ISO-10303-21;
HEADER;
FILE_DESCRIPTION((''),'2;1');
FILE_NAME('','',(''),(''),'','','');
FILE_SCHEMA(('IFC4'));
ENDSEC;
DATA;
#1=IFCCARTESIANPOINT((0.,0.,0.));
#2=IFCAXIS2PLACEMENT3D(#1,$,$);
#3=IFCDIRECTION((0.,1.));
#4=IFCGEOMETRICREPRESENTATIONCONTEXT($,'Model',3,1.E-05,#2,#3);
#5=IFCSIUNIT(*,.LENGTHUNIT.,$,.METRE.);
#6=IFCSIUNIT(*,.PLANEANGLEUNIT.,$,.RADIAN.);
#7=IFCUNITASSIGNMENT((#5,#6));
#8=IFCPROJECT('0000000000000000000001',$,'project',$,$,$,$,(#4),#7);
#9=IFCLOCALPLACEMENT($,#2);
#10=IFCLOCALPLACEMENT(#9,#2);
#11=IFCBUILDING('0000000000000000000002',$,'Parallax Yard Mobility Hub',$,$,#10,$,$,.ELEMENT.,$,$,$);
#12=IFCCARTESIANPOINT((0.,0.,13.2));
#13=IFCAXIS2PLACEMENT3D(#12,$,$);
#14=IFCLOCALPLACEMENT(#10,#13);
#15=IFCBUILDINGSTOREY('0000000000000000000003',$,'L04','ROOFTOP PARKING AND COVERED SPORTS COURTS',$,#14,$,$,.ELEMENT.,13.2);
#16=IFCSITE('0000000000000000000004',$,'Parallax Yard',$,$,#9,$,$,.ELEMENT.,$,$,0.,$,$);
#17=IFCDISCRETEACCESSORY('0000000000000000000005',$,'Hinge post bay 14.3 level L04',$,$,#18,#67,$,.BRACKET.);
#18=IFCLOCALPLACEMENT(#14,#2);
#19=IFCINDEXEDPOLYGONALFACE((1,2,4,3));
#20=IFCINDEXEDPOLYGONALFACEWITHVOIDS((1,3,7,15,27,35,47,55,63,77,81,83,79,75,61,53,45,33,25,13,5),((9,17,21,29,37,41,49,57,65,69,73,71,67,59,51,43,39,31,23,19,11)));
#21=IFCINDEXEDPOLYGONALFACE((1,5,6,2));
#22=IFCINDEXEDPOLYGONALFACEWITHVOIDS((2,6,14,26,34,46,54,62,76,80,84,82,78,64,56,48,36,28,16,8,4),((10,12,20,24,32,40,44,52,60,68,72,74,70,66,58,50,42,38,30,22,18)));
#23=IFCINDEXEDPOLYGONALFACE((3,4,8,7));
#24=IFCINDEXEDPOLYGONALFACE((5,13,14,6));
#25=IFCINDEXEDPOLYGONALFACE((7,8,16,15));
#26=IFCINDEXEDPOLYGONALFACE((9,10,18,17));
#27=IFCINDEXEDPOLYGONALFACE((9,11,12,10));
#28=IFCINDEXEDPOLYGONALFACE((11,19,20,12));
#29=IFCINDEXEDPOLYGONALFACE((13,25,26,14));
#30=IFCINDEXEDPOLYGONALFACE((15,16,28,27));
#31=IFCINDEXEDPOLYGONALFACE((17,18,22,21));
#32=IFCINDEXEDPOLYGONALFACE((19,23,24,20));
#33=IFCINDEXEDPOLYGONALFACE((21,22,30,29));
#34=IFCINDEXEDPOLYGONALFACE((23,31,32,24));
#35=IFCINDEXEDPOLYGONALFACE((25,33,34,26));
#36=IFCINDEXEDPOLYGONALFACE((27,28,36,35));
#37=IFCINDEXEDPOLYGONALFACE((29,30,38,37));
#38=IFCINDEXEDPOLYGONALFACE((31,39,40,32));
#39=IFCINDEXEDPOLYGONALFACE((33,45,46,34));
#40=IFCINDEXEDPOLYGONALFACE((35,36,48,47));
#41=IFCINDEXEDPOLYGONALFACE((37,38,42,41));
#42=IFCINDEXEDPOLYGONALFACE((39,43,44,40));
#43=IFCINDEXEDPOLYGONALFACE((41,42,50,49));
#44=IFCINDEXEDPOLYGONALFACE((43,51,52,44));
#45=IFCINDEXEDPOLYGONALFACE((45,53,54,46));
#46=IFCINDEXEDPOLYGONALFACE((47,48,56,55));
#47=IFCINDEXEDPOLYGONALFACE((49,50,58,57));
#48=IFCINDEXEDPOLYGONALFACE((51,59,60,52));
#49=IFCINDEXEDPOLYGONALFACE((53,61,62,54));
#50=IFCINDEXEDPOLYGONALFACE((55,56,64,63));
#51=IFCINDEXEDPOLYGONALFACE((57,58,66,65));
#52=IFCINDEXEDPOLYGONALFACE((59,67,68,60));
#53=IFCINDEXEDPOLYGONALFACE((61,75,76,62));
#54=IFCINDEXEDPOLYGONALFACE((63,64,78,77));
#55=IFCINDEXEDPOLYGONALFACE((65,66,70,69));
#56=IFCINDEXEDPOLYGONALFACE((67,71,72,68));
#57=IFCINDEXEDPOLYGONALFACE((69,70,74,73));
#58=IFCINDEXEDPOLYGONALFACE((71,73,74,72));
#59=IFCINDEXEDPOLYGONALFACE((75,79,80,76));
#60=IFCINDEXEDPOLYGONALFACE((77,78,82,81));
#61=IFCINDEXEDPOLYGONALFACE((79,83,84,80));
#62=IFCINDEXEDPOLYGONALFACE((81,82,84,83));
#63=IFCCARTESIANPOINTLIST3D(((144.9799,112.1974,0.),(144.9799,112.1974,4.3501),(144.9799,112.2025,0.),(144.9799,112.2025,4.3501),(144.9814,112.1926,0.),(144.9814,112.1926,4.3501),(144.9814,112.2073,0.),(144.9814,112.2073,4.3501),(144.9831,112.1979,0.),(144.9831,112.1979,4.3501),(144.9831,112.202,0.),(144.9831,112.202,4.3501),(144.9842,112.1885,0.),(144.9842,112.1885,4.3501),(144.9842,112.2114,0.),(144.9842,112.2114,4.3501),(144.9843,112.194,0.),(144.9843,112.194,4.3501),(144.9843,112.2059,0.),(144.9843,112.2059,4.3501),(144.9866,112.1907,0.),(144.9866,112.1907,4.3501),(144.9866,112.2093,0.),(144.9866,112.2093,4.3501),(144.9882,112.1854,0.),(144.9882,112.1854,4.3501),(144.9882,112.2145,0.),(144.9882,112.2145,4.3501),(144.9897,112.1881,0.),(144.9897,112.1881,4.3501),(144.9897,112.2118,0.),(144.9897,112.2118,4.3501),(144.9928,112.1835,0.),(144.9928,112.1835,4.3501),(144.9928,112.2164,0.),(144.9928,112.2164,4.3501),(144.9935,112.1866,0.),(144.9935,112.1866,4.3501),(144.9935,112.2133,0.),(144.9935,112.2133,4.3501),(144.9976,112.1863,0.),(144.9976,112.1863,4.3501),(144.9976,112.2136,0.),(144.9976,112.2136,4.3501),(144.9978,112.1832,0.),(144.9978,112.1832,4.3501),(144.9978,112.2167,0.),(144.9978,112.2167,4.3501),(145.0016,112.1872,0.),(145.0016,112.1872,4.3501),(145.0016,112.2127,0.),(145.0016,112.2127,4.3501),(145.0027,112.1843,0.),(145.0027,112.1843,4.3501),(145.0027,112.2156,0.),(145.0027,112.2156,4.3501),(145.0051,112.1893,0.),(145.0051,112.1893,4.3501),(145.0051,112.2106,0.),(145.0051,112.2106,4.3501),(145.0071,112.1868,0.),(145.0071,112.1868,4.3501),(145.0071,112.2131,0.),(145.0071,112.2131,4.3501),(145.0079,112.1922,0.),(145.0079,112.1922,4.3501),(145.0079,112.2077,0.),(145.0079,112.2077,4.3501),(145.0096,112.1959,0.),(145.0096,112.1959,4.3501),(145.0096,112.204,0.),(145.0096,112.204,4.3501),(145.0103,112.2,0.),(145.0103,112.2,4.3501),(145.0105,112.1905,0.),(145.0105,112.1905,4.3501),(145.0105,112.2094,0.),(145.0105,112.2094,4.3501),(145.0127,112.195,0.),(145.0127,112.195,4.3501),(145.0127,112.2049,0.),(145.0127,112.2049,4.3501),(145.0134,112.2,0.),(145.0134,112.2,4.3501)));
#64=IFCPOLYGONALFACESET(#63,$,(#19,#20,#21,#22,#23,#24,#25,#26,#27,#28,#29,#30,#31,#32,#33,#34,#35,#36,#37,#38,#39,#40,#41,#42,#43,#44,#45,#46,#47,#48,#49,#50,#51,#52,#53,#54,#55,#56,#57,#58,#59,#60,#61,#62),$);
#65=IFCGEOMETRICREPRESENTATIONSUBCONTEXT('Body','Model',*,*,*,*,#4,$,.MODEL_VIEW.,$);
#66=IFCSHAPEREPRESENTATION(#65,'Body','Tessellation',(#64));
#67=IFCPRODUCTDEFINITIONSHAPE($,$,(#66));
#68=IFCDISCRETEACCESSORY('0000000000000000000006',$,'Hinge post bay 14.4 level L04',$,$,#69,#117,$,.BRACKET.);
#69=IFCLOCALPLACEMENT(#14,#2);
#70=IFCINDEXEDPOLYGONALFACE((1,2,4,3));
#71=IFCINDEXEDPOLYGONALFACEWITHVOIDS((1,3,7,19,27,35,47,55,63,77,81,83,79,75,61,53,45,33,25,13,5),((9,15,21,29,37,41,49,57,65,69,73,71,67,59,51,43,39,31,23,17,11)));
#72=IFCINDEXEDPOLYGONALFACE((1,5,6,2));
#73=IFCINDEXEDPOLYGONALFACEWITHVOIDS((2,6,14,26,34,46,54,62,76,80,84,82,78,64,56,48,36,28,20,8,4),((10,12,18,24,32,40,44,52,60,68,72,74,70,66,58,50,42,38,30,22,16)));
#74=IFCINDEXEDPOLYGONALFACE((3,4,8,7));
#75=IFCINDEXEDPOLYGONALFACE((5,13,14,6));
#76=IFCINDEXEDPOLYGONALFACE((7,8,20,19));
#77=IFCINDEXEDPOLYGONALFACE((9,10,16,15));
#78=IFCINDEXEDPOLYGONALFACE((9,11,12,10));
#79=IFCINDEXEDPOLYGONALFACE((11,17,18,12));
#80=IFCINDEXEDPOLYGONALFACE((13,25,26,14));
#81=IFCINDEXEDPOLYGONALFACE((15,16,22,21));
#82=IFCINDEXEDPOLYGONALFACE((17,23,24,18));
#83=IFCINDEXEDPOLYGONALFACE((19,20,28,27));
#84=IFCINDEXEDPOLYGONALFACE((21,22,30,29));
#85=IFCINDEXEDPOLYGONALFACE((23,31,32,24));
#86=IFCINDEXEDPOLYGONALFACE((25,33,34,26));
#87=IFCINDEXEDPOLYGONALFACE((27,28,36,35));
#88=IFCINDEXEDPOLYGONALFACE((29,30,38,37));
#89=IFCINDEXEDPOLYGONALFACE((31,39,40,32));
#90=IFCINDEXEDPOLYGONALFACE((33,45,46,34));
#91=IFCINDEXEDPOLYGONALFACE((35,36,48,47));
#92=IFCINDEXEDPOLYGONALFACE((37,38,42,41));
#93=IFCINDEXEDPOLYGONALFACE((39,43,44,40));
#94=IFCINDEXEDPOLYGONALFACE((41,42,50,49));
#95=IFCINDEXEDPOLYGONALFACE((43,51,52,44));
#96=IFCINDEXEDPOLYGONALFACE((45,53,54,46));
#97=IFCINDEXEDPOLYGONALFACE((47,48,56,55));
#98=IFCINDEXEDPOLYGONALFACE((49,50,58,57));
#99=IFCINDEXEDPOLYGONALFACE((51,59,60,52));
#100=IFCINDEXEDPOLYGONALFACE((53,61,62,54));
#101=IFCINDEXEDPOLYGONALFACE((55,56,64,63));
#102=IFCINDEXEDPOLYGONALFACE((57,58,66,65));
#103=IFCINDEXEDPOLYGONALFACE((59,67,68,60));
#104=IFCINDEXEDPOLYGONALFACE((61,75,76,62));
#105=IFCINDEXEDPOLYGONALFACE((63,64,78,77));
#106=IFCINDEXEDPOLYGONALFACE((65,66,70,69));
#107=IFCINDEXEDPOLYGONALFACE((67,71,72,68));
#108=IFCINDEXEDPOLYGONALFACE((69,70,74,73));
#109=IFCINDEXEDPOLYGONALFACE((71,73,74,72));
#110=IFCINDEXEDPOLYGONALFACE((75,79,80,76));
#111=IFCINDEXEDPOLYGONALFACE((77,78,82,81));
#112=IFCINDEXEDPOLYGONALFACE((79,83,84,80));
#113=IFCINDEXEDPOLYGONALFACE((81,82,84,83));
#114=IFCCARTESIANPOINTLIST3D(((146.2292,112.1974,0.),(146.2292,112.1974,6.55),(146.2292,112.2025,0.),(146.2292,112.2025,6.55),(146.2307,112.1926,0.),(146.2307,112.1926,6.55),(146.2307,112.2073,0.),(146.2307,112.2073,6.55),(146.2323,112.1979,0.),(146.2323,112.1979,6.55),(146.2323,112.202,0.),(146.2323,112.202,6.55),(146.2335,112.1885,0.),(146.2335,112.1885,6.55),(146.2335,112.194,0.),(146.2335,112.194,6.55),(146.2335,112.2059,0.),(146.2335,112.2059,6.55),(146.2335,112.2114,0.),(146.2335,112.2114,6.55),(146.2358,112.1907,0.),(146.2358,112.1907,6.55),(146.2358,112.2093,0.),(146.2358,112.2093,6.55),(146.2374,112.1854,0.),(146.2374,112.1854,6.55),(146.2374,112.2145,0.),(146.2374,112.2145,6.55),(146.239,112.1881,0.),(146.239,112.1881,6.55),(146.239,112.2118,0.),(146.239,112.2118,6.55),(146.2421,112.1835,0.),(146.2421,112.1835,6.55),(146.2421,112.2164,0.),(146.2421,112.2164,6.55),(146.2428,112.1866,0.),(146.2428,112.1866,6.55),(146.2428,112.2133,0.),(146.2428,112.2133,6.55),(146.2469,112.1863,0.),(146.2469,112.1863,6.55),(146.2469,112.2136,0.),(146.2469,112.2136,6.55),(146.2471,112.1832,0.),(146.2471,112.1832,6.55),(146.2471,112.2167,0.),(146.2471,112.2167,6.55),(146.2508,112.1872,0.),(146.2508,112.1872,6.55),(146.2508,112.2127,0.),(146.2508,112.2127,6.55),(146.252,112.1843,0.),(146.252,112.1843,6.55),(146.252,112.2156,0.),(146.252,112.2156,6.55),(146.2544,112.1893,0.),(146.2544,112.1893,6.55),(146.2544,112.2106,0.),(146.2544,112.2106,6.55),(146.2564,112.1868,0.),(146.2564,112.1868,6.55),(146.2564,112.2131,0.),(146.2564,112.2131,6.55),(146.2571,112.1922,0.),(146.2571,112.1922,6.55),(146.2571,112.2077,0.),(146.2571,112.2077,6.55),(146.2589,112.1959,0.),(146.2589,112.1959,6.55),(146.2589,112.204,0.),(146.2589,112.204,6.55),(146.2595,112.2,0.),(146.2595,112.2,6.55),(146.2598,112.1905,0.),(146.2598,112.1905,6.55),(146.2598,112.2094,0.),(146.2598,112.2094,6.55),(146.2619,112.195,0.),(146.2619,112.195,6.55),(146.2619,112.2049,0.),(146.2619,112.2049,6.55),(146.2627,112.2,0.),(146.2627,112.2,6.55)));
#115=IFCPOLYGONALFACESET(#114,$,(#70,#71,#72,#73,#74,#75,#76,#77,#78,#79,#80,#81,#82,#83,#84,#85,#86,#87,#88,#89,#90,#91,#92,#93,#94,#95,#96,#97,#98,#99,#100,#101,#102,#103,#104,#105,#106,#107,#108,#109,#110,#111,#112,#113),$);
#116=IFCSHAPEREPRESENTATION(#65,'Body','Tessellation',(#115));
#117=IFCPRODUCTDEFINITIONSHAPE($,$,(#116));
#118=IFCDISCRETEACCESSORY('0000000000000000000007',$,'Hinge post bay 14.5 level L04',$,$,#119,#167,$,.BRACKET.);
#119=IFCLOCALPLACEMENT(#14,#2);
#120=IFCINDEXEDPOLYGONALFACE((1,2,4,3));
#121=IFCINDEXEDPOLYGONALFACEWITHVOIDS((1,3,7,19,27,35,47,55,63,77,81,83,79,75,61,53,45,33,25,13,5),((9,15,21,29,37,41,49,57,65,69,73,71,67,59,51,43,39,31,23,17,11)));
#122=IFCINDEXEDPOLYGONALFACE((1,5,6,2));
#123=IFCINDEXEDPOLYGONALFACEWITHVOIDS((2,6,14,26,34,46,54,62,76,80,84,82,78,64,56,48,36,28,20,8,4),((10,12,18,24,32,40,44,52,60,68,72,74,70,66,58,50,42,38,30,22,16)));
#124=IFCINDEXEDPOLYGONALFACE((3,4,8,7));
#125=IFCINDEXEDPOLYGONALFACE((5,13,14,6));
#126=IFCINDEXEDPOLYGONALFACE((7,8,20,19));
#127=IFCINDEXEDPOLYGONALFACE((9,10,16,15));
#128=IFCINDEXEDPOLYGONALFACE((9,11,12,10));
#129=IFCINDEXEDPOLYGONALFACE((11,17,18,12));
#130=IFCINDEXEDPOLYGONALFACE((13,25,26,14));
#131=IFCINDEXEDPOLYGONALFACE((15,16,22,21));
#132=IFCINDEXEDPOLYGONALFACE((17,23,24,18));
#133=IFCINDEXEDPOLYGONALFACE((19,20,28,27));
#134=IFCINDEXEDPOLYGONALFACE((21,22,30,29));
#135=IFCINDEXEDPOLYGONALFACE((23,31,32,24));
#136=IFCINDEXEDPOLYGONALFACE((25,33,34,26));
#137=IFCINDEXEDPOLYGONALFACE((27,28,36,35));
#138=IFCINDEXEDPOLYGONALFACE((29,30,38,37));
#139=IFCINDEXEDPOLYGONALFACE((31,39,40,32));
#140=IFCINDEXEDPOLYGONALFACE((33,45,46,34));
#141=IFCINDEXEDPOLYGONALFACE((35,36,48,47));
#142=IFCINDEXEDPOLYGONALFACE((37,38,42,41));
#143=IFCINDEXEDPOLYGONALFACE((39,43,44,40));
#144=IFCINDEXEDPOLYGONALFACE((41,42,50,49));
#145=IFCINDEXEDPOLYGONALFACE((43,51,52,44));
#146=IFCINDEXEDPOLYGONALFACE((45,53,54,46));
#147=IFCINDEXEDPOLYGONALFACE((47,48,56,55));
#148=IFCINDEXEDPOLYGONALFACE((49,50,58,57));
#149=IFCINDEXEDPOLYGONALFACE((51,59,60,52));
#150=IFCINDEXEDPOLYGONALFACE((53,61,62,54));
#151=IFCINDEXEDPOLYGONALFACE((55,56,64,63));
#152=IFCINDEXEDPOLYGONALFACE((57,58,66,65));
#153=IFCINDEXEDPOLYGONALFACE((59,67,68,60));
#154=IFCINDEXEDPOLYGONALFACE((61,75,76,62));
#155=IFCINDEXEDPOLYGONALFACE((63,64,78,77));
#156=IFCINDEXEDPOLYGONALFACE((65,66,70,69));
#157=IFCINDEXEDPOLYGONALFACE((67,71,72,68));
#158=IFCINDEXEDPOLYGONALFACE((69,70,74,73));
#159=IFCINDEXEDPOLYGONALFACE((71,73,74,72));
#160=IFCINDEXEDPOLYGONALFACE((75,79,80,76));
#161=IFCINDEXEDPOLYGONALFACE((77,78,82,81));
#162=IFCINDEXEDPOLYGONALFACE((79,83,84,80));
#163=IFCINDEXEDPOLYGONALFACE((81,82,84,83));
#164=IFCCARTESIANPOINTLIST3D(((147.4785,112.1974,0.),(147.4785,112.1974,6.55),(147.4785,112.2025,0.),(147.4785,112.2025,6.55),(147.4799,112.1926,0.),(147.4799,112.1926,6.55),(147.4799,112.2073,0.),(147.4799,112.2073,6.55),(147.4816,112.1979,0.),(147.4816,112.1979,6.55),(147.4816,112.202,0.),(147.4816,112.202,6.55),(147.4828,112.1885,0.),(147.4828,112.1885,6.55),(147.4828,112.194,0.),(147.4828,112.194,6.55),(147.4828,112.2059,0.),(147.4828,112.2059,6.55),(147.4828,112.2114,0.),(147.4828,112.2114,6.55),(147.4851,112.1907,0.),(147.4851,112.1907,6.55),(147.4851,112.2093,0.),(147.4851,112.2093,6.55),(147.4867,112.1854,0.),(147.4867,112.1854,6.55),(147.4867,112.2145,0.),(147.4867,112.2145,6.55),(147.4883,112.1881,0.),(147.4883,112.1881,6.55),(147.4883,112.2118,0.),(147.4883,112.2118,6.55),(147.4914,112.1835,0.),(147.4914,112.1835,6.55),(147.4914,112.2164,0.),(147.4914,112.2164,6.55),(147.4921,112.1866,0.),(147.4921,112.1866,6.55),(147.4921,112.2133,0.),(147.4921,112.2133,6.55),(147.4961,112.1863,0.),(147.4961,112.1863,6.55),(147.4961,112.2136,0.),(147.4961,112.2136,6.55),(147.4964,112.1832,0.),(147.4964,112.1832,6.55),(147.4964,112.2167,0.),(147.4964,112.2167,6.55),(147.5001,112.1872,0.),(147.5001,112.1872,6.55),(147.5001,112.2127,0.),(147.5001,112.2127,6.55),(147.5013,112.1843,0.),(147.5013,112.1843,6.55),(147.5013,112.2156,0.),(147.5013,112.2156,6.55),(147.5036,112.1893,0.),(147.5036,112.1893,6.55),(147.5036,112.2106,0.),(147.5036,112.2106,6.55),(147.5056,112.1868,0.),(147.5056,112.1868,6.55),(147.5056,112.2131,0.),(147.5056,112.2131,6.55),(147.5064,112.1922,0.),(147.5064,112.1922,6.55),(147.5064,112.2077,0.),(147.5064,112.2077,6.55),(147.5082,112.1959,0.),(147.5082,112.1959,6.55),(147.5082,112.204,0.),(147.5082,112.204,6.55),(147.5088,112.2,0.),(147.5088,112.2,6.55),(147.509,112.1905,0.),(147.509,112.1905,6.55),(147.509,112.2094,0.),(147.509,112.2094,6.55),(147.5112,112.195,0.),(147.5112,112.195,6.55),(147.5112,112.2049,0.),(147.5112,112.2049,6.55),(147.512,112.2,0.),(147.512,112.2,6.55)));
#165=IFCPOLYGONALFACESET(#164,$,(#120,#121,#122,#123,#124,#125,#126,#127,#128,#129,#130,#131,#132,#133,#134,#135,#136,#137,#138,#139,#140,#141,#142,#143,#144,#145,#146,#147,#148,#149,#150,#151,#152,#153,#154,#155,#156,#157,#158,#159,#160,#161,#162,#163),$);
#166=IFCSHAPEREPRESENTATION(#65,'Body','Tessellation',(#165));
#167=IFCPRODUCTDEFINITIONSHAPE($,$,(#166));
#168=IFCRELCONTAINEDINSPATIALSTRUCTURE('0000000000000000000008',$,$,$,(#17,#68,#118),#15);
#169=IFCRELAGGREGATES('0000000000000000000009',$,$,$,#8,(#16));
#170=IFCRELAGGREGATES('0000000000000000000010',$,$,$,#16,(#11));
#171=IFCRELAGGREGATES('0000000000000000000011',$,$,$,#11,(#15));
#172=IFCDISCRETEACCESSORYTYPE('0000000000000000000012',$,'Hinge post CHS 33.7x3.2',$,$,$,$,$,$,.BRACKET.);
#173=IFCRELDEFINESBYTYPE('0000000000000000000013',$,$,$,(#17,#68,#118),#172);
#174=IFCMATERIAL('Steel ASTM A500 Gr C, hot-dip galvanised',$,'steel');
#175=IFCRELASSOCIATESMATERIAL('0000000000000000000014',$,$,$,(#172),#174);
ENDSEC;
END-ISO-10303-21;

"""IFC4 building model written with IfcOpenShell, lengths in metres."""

from ifc_helpers import new_model, si_unit, direction, frame, origin, origin_2d, place, context, subcontext, project, spatial, hollow_circle, extrude, material, material_profile, profile_set, type_object, element, save


model = new_model("IFC4")

# Units and contexts
model_context = context("Model", 3, precision=1e-05, world=origin(), true_north=direction((0.0, 1.0)))
body_context = subcontext(model_context, "Body", "Model", "MODEL_VIEW")
ifc_project = project(units=[si_unit("LENGTHUNIT", "METRE"), si_unit("PLANEANGLEUNIT", "RADIAN")], contexts=[model_context])

# Site, building, storey
site_placement = place(None, origin())
site = spatial("IfcSite", under=ifc_project, at=site_placement, Name="Parallax Yard", CompositionType="ELEMENT", RefElevation=0.0)
building_placement = place(site_placement, origin())
building = spatial("IfcBuilding", under=site, at=building_placement, Name="Parallax Yard Mobility Hub", CompositionType="ELEMENT")
storey_placement = place(building_placement, frame((0.0, 0.0, 13.2)))
storey = spatial("IfcBuildingStorey", under=building, at=storey_placement, Name="L04", Description="ROOFTOP PARKING AND COVERED SPORTS COURTS", CompositionType="ELEMENT", Elevation=13.2)

# Discrete accessories
ifc_material_1 = material(Name="Steel ASTM A500 Gr C, hot-dip galvanised", Category="steel")
ifc_material_profile = material_profile(ifc_material_1, hollow_circle(Radius=0.0168, WallThickness=0.0032, at=origin_2d()), Name="CHS 33.7x3.2")
ifc_profile_set = profile_set([ifc_material_profile], Name="Steel ASTM A500 Gr C, hot-dip galvanised")
discrete_accessory_type_1 = type_object("IfcDiscreteAccessoryType", Name="Hinge post CHS 33.7x3.2", PredefinedType="BRACKET", material=ifc_profile_set)
discrete_accessory_placement = place(storey_placement, frame((144.9966, 112.2, 0.0), z_axis=(0.0, 0.0, 1.0), x_axis=(1.0, 0.0, 0.0)))
element("IfcDiscreteAccessory", 1, at=discrete_accessory_placement, inside=storey, type_object=discrete_accessory_type_1, Name="Hinge post bay 14.3 level L04", PredefinedType="BRACKET", context=body_context, shape_type="SweptSolid", body=[
    extrude(hollow_circle(Radius=0.0168, WallThickness=0.0032, at=origin_2d()), origin(), (0.0, 0.0, 1.0), 4.3501),
])
for number, where, z_axis, x_axis, name in (
    (2, (146.2458, 112.2, 0.0), (0.0, 0.0, 1.0), (1.0, 0.0, 0.0), "Hinge post bay 14.4 level L04"),
    (3, (147.4951, 112.2, 0.0), (0.0, 0.0, 1.0), (1.0, 0.0, 0.0), "Hinge post bay 14.5 level L04"),
):
    element("IfcDiscreteAccessory", number, at=place(storey_placement, frame(where, z_axis=z_axis, x_axis=x_axis)), inside=storey, type_object=discrete_accessory_type_1, Name=name, PredefinedType="BRACKET", context=body_context, shape_type="SweptSolid", body=[
        extrude(hollow_circle(Radius=0.0168, WallThickness=0.0032, at=origin_2d()), origin(), (0.0, 0.0, 1.0), 6.55),
    ])

save(model, "model.ifc")
